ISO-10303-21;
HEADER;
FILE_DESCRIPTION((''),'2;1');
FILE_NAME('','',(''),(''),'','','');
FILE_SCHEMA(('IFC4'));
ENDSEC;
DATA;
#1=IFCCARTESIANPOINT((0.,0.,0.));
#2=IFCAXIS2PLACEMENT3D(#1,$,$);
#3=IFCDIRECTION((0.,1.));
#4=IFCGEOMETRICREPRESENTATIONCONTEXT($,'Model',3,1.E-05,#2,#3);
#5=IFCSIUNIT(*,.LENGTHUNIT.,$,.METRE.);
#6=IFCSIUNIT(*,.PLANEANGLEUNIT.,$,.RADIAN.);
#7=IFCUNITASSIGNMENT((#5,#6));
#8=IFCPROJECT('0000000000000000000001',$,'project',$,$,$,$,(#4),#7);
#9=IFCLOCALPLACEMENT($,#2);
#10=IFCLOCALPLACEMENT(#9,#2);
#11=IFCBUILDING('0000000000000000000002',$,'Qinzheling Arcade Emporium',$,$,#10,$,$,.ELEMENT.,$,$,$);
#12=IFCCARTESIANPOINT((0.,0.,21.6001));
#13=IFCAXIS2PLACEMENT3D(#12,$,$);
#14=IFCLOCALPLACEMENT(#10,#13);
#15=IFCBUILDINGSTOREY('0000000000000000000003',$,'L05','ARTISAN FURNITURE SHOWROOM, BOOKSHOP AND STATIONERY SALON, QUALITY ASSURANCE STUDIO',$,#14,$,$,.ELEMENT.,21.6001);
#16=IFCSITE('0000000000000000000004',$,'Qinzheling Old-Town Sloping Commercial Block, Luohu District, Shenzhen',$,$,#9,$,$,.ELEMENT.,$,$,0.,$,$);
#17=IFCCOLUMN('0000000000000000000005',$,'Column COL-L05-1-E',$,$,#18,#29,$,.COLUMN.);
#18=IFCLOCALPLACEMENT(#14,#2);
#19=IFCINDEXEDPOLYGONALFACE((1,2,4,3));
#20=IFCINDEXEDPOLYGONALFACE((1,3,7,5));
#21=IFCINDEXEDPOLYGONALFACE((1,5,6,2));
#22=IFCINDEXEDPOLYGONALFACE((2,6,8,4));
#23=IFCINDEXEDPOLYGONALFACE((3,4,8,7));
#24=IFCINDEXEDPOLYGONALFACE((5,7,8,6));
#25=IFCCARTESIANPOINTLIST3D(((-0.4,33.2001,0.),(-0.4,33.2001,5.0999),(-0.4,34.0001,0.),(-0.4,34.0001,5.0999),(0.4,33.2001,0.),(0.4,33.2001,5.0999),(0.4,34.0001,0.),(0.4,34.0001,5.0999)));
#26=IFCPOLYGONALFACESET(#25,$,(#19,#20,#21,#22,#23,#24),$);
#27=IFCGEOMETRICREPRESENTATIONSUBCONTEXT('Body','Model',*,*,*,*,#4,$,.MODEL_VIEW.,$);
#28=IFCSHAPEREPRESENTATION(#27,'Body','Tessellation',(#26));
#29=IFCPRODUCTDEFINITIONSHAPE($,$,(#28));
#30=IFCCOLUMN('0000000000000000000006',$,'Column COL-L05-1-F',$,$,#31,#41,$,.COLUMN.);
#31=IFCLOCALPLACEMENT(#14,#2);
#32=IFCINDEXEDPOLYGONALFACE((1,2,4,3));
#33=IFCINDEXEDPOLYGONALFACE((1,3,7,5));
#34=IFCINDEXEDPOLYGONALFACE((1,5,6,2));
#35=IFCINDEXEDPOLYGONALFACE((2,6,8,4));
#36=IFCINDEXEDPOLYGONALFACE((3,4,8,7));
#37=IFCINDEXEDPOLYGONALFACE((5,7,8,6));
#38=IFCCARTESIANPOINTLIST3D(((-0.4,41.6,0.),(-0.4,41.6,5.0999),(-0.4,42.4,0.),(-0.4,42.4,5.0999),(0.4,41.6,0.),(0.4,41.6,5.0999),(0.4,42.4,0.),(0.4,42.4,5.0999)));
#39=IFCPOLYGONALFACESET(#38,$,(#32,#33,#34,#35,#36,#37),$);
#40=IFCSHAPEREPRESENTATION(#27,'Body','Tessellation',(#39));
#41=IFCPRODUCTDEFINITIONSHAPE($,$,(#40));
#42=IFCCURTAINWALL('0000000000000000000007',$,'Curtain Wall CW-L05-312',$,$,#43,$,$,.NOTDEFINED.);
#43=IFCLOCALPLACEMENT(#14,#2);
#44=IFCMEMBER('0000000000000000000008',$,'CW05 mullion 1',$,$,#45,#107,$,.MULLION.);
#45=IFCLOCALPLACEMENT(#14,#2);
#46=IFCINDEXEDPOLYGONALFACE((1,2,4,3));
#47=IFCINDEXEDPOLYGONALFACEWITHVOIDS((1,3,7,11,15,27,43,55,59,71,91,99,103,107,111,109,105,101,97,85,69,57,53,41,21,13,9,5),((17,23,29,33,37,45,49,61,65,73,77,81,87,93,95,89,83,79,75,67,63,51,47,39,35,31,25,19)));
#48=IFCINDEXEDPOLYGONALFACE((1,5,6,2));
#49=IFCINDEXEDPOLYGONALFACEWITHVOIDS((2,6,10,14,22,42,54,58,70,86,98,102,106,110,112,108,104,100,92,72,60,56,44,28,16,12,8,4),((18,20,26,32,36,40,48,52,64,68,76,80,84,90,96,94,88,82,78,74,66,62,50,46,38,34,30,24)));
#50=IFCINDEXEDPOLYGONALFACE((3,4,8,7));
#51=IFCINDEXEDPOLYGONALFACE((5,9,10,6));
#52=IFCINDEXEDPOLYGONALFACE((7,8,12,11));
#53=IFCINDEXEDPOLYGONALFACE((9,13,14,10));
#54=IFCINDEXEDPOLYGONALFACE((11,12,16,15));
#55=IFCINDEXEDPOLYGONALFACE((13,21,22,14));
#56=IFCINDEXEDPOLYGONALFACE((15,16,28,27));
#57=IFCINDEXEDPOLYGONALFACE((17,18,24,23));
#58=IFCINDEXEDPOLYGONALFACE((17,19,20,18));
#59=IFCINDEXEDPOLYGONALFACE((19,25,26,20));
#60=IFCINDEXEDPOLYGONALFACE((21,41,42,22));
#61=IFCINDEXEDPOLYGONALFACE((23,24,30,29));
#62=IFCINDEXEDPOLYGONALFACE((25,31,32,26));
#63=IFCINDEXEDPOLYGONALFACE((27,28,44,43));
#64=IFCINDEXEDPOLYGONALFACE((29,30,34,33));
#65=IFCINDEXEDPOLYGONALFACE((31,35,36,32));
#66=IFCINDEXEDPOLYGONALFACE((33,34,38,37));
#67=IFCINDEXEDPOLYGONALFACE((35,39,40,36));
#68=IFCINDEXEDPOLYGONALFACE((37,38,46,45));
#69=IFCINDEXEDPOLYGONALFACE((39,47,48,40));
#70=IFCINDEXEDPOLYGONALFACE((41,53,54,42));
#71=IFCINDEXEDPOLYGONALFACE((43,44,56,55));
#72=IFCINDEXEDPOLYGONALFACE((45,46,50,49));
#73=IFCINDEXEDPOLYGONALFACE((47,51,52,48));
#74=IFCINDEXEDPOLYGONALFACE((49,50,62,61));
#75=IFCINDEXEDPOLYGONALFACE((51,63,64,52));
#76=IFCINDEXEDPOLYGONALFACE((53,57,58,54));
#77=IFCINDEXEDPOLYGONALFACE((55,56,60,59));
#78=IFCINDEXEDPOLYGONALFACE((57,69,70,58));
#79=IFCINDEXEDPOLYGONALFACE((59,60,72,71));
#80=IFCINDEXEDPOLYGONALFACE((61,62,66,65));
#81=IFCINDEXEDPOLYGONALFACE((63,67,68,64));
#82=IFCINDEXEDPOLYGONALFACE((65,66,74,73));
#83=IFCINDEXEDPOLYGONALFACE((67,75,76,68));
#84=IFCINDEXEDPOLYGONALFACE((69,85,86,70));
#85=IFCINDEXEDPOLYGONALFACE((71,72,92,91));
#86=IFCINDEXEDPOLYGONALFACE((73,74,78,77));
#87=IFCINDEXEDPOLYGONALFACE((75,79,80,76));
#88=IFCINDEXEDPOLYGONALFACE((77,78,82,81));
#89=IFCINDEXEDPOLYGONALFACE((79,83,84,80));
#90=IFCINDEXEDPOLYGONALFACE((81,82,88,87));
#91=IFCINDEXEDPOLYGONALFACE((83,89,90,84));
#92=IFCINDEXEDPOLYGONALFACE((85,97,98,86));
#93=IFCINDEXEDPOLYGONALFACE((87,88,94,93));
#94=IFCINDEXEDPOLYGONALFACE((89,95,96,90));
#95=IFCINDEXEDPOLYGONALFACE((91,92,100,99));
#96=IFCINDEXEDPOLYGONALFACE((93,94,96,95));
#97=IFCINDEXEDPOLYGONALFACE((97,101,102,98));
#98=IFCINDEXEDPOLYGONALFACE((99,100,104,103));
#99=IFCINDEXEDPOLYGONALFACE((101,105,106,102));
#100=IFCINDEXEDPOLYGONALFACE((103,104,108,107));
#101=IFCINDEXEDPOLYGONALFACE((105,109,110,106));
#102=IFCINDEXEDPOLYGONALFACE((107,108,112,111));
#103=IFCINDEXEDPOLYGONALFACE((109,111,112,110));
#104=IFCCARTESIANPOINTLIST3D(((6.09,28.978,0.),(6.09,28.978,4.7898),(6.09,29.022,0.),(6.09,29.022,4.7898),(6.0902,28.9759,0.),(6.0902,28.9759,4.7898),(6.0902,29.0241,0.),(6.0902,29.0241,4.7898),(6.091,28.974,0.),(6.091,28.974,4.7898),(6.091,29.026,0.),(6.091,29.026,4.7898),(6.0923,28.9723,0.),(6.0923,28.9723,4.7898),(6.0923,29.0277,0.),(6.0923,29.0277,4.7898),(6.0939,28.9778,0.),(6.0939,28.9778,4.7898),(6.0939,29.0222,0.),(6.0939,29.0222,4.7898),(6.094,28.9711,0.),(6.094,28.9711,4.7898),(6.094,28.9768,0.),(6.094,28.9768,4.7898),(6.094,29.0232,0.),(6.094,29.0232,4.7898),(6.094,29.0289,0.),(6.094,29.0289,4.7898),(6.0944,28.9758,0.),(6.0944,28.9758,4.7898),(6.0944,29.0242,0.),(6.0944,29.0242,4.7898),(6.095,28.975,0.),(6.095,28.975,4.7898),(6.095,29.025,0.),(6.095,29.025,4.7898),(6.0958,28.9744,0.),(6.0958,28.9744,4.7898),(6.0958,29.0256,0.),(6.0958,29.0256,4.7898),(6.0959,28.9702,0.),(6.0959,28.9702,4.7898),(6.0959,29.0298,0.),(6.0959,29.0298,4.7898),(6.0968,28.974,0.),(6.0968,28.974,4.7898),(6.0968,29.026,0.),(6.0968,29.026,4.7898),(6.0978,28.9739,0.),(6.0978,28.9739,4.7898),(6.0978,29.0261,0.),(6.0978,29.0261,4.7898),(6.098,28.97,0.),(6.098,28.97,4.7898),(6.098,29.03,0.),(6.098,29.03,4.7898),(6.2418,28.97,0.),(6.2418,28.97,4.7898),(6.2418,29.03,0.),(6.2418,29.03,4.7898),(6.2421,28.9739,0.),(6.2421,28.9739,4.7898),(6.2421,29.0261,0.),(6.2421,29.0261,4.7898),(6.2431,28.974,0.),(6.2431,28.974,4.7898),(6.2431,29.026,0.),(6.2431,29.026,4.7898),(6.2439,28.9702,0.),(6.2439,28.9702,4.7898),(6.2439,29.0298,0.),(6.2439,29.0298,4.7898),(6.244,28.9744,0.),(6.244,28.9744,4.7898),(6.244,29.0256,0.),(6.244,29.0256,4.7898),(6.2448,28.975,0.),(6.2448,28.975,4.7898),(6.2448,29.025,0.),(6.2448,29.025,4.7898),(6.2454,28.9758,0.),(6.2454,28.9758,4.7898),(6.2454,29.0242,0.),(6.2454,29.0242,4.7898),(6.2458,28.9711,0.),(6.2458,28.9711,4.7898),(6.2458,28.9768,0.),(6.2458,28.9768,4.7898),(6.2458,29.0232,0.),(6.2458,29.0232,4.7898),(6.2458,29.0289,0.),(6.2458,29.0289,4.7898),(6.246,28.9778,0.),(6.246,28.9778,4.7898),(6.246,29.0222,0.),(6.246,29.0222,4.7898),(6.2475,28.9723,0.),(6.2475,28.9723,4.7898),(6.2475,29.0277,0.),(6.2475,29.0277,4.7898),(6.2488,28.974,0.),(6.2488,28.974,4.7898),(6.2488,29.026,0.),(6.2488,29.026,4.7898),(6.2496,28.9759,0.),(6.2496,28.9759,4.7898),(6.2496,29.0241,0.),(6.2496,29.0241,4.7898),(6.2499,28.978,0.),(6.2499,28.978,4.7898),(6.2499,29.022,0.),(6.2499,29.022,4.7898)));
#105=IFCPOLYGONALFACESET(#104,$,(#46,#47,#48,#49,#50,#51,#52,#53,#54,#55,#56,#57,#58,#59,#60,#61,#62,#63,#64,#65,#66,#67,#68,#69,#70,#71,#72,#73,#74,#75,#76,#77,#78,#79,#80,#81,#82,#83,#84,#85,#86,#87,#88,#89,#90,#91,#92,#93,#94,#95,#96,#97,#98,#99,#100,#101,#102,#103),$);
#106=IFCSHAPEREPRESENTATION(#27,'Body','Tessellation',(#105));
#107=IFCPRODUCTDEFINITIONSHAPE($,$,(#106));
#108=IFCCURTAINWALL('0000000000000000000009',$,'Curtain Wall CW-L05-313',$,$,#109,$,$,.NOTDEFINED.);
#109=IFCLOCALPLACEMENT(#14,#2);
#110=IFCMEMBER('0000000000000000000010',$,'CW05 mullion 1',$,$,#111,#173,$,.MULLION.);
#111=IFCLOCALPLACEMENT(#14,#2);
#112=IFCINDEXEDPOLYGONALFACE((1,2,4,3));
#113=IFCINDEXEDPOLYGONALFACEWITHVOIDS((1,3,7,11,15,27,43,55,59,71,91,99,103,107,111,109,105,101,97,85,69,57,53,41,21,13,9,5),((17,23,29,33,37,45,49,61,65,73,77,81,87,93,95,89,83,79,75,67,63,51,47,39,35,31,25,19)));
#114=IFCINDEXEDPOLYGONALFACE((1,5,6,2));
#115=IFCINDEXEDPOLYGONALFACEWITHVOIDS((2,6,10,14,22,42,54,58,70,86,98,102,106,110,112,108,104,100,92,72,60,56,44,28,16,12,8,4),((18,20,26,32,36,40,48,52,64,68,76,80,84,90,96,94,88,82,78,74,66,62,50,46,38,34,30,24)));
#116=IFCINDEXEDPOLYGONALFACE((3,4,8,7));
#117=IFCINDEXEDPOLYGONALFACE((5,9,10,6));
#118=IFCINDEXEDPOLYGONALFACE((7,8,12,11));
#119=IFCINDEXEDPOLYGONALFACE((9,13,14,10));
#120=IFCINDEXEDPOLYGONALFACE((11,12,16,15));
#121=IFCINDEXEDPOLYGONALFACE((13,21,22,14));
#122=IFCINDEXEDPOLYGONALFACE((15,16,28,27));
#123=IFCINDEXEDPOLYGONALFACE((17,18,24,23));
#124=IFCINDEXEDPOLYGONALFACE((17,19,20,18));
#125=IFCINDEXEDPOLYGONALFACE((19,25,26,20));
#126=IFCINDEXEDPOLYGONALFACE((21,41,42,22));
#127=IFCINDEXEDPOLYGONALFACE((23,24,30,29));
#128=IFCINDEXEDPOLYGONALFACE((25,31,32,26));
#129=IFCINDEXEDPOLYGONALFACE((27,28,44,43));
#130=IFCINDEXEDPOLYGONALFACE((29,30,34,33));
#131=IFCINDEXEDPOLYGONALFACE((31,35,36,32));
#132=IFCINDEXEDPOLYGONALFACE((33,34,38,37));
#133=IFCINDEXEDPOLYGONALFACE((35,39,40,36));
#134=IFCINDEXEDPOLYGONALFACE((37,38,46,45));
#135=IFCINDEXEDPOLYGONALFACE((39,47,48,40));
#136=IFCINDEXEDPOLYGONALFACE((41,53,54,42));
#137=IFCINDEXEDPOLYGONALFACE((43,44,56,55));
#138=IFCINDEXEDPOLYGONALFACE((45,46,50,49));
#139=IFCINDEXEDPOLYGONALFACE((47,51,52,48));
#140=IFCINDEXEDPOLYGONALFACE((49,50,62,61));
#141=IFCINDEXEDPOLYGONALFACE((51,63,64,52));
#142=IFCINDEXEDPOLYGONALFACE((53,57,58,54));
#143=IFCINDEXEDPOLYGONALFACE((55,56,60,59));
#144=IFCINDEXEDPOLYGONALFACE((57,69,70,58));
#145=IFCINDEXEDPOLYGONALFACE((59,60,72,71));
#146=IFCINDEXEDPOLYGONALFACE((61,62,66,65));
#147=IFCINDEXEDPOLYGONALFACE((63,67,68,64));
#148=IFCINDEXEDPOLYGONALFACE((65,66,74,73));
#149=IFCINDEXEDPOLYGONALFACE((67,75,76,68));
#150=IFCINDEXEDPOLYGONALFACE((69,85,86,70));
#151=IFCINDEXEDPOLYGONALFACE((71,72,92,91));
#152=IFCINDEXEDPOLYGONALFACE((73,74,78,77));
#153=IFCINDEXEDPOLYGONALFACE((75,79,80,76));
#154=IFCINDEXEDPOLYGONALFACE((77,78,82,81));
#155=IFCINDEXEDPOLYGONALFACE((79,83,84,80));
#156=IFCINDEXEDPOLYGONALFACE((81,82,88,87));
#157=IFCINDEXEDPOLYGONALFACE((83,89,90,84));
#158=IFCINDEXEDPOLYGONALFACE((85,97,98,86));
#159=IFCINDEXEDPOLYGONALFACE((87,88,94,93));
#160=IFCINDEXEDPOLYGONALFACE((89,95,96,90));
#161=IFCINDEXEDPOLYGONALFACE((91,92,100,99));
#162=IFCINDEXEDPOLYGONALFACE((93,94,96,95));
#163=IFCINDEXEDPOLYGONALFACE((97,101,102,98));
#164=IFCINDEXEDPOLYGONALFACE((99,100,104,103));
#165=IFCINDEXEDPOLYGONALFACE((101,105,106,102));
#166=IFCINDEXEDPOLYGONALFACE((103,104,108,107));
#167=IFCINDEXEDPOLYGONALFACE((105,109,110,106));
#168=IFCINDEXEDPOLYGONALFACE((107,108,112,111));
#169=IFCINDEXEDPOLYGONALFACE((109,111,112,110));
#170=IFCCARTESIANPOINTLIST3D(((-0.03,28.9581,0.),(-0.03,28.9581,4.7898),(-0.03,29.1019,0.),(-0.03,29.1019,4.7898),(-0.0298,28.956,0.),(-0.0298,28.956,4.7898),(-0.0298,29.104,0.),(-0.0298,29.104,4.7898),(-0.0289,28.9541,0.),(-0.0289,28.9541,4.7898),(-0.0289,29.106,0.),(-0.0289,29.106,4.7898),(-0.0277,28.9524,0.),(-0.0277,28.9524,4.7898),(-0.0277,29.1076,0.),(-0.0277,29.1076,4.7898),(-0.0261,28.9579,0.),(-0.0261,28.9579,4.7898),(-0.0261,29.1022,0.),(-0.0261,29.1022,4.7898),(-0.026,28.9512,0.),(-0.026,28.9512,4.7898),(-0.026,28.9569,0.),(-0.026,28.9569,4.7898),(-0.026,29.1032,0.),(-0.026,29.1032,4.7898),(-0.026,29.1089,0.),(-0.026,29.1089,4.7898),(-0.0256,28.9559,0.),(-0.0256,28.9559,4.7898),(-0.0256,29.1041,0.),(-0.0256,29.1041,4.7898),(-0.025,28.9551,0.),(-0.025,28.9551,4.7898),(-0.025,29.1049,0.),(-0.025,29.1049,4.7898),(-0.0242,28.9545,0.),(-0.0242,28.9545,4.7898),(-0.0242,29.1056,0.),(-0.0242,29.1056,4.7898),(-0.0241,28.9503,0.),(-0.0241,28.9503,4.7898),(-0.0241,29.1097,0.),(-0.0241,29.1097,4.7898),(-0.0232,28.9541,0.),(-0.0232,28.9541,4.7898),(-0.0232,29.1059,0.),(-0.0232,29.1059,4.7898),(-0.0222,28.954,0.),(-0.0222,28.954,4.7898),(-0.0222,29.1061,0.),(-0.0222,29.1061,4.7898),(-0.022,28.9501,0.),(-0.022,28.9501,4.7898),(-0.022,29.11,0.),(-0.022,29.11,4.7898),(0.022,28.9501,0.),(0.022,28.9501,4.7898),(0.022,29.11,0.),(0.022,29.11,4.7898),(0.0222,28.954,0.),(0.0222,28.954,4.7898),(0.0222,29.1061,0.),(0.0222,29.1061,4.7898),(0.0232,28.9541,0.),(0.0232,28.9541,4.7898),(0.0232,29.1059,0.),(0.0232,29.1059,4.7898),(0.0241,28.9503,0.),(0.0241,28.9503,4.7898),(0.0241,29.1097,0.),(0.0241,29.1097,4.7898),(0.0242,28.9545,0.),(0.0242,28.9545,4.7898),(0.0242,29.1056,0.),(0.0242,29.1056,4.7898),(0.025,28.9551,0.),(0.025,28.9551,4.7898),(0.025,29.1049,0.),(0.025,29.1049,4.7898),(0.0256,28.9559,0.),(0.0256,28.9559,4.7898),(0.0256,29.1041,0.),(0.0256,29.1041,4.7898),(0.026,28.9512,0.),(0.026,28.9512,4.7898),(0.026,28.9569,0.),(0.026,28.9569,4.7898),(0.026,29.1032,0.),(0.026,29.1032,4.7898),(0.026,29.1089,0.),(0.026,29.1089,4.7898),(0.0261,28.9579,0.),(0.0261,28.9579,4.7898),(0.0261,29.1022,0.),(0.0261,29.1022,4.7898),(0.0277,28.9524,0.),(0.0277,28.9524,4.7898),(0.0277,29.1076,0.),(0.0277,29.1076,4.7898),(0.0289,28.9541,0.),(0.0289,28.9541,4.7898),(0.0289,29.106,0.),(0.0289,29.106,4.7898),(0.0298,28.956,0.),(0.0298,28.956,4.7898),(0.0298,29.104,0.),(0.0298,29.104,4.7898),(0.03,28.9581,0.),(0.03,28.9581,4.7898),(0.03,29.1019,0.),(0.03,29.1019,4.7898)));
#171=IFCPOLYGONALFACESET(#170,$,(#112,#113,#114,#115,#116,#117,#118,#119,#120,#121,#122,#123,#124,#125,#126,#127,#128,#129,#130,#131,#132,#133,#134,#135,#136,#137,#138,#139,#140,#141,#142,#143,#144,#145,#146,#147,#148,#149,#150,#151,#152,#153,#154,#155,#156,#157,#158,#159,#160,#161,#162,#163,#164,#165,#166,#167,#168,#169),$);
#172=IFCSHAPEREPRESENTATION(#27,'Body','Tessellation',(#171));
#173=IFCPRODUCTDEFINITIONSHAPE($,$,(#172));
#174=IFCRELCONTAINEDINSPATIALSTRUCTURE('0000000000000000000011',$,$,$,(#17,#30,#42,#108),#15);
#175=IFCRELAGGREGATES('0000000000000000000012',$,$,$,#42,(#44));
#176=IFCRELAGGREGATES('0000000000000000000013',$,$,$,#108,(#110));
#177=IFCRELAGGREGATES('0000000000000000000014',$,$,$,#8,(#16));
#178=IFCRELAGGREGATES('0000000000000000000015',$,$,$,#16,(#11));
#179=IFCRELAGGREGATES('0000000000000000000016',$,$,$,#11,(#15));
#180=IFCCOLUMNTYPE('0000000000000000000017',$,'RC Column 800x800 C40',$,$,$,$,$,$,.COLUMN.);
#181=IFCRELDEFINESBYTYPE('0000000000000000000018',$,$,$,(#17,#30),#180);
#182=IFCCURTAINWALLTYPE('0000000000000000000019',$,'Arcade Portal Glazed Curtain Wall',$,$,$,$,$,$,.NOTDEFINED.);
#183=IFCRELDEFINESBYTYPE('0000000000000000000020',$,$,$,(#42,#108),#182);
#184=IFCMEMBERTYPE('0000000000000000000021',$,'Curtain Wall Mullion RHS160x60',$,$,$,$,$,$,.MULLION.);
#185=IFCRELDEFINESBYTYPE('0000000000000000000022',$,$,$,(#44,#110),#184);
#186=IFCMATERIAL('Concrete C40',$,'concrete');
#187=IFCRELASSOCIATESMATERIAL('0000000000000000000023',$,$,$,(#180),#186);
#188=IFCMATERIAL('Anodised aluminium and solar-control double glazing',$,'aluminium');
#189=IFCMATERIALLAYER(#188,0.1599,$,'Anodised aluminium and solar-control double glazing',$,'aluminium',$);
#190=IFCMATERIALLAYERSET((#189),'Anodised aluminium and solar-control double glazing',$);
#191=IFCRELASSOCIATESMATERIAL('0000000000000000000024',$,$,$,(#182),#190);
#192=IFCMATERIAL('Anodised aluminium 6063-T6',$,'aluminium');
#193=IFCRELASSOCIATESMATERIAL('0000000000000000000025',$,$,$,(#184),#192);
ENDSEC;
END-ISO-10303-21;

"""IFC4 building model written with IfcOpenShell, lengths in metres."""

from ifc_helpers import new_model, si_unit, direction, frame, origin, origin_2d, place, context, subcontext, project, spatial, rectangle, hollow_rectangle, extrude, material, layer, layer_set, material_profile, profile_set, type_object, element, aggregate, save


model = new_model("IFC4")

# Units and contexts
model_context = context("Model", 3, precision=1e-05, world=origin(), true_north=direction((0.0, 1.0)))
body_context = subcontext(model_context, "Body", "Model", "MODEL_VIEW")
ifc_project = project(units=[si_unit("LENGTHUNIT", "METRE"), si_unit("PLANEANGLEUNIT", "RADIAN")], contexts=[model_context])

# Site, building, storey
site_placement = place(None, origin())
site = spatial("IfcSite", under=ifc_project, at=site_placement, Name="Qinzheling Old-Town Sloping Commercial Block, Luohu District, Shenzhen", CompositionType="ELEMENT", RefElevation=0.0)
building_placement = place(site_placement, origin())
building = spatial("IfcBuilding", under=site, at=building_placement, Name="Qinzheling Arcade Emporium", CompositionType="ELEMENT")
storey_placement = place(building_placement, frame((0.0, 0.0, 21.6001)))
storey = spatial("IfcBuildingStorey", under=building, at=storey_placement, Name="L05", Description="ARTISAN FURNITURE SHOWROOM, BOOKSHOP AND STATIONERY SALON, QUALITY ASSURANCE STUDIO", CompositionType="ELEMENT", Elevation=21.6001)

# Columns
ifc_material_1 = material(Name="Concrete C40", Category="concrete")
ifc_material_profile_1 = material_profile(ifc_material_1, rectangle(XDim=0.8, YDim=0.8, at=origin_2d()), Name="RC 800x800", Category="concrete")
ifc_profile_set_1 = profile_set([ifc_material_profile_1], Name="Concrete C40")
column_type = type_object("IfcColumnType", Name="RC Column 800x800 C40", PredefinedType="COLUMN", material=ifc_profile_set_1)
for number, where, z_axis, x_axis, name in (
    (1, (0.0, 33.6001, 0.0), (0.0, 0.0, 1.0), (1.0, 0.0, 0.0), "Column COL-L05-1-E"),
    (2, (0.0, 42.0, 0.0), (0.0, 0.0, 1.0), (1.0, 0.0, 0.0), "Column COL-L05-1-F"),
):
    element("IfcColumn", number, at=place(storey_placement, frame(where, z_axis=z_axis, x_axis=x_axis)), inside=storey, type_object=column_type, Name=name, PredefinedType="COLUMN", context=body_context, shape_type="SweptSolid", body=[
        extrude(rectangle(XDim=0.8, YDim=0.8, at=origin_2d()), origin(), (0.0, 0.0, 1.0), 5.0999),
    ])

# Curtain wall, member
ifc_material_2 = material(Name="Anodised aluminium and solar-control double glazing", Category="aluminium")
ifc_layer_1 = layer(ifc_material_2, 0.1599, Name="Anodised aluminium and solar-control double glazing", Category="aluminium")
ifc_layer_set_1 = layer_set([ifc_layer_1], Name="Anodised aluminium and solar-control double glazing")
curtain_wall_type = type_object("IfcCurtainWallType", Name="Arcade Portal Glazed Curtain Wall", PredefinedType="NOTDEFINED", material=ifc_layer_set_1)
curtain_wall_1_placement = place(storey_placement, origin())
curtain_wall_1 = element("IfcCurtainWall", 3, at=curtain_wall_1_placement, inside=storey, type_object=curtain_wall_type, Name="Curtain Wall CW-L05-312", PredefinedType="NOTDEFINED")
ifc_material_3 = material(Name="Anodised aluminium 6063-T6", Category="aluminium")
ifc_material_profile_2 = material_profile(ifc_material_3, hollow_rectangle(XDim=0.0601, YDim=0.1599, WallThickness=0.0039, InnerFilletRadius=0.0039, OuterFilletRadius=0.0081, at=origin_2d()), Name="RHS 160x60x4", Category="aluminium")
ifc_profile_set_2 = profile_set([ifc_material_profile_2], Name="Anodised aluminium 6063-T6")
member_type_1 = type_object("IfcMemberType", Name="Curtain Wall Mullion RHS160x60", PredefinedType="MULLION", material=ifc_profile_set_2)
member_1_placement = place(storey_placement, frame((6.1699, 29.0, 0.0), z_axis=(0.0, 0.0, 1.0), x_axis=(0.0, -1.0, 0.0)))
member_1 = element("IfcMember", 4, at=member_1_placement, type_object=member_type_1, Name="CW05 mullion 1", PredefinedType="MULLION", context=body_context, shape_type="SweptSolid", body=[
    extrude(hollow_rectangle(XDim=0.0601, YDim=0.1599, WallThickness=0.0039, InnerFilletRadius=0.0039, OuterFilletRadius=0.0081, at=origin_2d()), origin(), (0.0, 0.0, 1.0), 4.7898),
])
aggregate(curtain_wall_1, [member_1])

# Curtain wall, member
curtain_wall_2_placement = place(storey_placement, origin())
curtain_wall_2 = element("IfcCurtainWall", 5, at=curtain_wall_2_placement, inside=storey, type_object=curtain_wall_type, Name="Curtain Wall CW-L05-313", PredefinedType="NOTDEFINED")
member_2_placement = place(storey_placement, frame((0.0, 29.03, 0.0), z_axis=(0.0, 0.0, 1.0), x_axis=(-1.0, 0.0, 0.0)))
member_2 = element("IfcMember", 6, at=member_2_placement, type_object=member_type_1, Name="CW05 mullion 1", PredefinedType="MULLION", context=body_context, shape_type="SweptSolid", body=[
    extrude(hollow_rectangle(XDim=0.0601, YDim=0.1599, WallThickness=0.0039, InnerFilletRadius=0.0039, OuterFilletRadius=0.0081, at=origin_2d()), origin(), (0.0, 0.0, 1.0), 4.7898),
])
aggregate(curtain_wall_2, [member_2])

save(model, "model.ifc")
